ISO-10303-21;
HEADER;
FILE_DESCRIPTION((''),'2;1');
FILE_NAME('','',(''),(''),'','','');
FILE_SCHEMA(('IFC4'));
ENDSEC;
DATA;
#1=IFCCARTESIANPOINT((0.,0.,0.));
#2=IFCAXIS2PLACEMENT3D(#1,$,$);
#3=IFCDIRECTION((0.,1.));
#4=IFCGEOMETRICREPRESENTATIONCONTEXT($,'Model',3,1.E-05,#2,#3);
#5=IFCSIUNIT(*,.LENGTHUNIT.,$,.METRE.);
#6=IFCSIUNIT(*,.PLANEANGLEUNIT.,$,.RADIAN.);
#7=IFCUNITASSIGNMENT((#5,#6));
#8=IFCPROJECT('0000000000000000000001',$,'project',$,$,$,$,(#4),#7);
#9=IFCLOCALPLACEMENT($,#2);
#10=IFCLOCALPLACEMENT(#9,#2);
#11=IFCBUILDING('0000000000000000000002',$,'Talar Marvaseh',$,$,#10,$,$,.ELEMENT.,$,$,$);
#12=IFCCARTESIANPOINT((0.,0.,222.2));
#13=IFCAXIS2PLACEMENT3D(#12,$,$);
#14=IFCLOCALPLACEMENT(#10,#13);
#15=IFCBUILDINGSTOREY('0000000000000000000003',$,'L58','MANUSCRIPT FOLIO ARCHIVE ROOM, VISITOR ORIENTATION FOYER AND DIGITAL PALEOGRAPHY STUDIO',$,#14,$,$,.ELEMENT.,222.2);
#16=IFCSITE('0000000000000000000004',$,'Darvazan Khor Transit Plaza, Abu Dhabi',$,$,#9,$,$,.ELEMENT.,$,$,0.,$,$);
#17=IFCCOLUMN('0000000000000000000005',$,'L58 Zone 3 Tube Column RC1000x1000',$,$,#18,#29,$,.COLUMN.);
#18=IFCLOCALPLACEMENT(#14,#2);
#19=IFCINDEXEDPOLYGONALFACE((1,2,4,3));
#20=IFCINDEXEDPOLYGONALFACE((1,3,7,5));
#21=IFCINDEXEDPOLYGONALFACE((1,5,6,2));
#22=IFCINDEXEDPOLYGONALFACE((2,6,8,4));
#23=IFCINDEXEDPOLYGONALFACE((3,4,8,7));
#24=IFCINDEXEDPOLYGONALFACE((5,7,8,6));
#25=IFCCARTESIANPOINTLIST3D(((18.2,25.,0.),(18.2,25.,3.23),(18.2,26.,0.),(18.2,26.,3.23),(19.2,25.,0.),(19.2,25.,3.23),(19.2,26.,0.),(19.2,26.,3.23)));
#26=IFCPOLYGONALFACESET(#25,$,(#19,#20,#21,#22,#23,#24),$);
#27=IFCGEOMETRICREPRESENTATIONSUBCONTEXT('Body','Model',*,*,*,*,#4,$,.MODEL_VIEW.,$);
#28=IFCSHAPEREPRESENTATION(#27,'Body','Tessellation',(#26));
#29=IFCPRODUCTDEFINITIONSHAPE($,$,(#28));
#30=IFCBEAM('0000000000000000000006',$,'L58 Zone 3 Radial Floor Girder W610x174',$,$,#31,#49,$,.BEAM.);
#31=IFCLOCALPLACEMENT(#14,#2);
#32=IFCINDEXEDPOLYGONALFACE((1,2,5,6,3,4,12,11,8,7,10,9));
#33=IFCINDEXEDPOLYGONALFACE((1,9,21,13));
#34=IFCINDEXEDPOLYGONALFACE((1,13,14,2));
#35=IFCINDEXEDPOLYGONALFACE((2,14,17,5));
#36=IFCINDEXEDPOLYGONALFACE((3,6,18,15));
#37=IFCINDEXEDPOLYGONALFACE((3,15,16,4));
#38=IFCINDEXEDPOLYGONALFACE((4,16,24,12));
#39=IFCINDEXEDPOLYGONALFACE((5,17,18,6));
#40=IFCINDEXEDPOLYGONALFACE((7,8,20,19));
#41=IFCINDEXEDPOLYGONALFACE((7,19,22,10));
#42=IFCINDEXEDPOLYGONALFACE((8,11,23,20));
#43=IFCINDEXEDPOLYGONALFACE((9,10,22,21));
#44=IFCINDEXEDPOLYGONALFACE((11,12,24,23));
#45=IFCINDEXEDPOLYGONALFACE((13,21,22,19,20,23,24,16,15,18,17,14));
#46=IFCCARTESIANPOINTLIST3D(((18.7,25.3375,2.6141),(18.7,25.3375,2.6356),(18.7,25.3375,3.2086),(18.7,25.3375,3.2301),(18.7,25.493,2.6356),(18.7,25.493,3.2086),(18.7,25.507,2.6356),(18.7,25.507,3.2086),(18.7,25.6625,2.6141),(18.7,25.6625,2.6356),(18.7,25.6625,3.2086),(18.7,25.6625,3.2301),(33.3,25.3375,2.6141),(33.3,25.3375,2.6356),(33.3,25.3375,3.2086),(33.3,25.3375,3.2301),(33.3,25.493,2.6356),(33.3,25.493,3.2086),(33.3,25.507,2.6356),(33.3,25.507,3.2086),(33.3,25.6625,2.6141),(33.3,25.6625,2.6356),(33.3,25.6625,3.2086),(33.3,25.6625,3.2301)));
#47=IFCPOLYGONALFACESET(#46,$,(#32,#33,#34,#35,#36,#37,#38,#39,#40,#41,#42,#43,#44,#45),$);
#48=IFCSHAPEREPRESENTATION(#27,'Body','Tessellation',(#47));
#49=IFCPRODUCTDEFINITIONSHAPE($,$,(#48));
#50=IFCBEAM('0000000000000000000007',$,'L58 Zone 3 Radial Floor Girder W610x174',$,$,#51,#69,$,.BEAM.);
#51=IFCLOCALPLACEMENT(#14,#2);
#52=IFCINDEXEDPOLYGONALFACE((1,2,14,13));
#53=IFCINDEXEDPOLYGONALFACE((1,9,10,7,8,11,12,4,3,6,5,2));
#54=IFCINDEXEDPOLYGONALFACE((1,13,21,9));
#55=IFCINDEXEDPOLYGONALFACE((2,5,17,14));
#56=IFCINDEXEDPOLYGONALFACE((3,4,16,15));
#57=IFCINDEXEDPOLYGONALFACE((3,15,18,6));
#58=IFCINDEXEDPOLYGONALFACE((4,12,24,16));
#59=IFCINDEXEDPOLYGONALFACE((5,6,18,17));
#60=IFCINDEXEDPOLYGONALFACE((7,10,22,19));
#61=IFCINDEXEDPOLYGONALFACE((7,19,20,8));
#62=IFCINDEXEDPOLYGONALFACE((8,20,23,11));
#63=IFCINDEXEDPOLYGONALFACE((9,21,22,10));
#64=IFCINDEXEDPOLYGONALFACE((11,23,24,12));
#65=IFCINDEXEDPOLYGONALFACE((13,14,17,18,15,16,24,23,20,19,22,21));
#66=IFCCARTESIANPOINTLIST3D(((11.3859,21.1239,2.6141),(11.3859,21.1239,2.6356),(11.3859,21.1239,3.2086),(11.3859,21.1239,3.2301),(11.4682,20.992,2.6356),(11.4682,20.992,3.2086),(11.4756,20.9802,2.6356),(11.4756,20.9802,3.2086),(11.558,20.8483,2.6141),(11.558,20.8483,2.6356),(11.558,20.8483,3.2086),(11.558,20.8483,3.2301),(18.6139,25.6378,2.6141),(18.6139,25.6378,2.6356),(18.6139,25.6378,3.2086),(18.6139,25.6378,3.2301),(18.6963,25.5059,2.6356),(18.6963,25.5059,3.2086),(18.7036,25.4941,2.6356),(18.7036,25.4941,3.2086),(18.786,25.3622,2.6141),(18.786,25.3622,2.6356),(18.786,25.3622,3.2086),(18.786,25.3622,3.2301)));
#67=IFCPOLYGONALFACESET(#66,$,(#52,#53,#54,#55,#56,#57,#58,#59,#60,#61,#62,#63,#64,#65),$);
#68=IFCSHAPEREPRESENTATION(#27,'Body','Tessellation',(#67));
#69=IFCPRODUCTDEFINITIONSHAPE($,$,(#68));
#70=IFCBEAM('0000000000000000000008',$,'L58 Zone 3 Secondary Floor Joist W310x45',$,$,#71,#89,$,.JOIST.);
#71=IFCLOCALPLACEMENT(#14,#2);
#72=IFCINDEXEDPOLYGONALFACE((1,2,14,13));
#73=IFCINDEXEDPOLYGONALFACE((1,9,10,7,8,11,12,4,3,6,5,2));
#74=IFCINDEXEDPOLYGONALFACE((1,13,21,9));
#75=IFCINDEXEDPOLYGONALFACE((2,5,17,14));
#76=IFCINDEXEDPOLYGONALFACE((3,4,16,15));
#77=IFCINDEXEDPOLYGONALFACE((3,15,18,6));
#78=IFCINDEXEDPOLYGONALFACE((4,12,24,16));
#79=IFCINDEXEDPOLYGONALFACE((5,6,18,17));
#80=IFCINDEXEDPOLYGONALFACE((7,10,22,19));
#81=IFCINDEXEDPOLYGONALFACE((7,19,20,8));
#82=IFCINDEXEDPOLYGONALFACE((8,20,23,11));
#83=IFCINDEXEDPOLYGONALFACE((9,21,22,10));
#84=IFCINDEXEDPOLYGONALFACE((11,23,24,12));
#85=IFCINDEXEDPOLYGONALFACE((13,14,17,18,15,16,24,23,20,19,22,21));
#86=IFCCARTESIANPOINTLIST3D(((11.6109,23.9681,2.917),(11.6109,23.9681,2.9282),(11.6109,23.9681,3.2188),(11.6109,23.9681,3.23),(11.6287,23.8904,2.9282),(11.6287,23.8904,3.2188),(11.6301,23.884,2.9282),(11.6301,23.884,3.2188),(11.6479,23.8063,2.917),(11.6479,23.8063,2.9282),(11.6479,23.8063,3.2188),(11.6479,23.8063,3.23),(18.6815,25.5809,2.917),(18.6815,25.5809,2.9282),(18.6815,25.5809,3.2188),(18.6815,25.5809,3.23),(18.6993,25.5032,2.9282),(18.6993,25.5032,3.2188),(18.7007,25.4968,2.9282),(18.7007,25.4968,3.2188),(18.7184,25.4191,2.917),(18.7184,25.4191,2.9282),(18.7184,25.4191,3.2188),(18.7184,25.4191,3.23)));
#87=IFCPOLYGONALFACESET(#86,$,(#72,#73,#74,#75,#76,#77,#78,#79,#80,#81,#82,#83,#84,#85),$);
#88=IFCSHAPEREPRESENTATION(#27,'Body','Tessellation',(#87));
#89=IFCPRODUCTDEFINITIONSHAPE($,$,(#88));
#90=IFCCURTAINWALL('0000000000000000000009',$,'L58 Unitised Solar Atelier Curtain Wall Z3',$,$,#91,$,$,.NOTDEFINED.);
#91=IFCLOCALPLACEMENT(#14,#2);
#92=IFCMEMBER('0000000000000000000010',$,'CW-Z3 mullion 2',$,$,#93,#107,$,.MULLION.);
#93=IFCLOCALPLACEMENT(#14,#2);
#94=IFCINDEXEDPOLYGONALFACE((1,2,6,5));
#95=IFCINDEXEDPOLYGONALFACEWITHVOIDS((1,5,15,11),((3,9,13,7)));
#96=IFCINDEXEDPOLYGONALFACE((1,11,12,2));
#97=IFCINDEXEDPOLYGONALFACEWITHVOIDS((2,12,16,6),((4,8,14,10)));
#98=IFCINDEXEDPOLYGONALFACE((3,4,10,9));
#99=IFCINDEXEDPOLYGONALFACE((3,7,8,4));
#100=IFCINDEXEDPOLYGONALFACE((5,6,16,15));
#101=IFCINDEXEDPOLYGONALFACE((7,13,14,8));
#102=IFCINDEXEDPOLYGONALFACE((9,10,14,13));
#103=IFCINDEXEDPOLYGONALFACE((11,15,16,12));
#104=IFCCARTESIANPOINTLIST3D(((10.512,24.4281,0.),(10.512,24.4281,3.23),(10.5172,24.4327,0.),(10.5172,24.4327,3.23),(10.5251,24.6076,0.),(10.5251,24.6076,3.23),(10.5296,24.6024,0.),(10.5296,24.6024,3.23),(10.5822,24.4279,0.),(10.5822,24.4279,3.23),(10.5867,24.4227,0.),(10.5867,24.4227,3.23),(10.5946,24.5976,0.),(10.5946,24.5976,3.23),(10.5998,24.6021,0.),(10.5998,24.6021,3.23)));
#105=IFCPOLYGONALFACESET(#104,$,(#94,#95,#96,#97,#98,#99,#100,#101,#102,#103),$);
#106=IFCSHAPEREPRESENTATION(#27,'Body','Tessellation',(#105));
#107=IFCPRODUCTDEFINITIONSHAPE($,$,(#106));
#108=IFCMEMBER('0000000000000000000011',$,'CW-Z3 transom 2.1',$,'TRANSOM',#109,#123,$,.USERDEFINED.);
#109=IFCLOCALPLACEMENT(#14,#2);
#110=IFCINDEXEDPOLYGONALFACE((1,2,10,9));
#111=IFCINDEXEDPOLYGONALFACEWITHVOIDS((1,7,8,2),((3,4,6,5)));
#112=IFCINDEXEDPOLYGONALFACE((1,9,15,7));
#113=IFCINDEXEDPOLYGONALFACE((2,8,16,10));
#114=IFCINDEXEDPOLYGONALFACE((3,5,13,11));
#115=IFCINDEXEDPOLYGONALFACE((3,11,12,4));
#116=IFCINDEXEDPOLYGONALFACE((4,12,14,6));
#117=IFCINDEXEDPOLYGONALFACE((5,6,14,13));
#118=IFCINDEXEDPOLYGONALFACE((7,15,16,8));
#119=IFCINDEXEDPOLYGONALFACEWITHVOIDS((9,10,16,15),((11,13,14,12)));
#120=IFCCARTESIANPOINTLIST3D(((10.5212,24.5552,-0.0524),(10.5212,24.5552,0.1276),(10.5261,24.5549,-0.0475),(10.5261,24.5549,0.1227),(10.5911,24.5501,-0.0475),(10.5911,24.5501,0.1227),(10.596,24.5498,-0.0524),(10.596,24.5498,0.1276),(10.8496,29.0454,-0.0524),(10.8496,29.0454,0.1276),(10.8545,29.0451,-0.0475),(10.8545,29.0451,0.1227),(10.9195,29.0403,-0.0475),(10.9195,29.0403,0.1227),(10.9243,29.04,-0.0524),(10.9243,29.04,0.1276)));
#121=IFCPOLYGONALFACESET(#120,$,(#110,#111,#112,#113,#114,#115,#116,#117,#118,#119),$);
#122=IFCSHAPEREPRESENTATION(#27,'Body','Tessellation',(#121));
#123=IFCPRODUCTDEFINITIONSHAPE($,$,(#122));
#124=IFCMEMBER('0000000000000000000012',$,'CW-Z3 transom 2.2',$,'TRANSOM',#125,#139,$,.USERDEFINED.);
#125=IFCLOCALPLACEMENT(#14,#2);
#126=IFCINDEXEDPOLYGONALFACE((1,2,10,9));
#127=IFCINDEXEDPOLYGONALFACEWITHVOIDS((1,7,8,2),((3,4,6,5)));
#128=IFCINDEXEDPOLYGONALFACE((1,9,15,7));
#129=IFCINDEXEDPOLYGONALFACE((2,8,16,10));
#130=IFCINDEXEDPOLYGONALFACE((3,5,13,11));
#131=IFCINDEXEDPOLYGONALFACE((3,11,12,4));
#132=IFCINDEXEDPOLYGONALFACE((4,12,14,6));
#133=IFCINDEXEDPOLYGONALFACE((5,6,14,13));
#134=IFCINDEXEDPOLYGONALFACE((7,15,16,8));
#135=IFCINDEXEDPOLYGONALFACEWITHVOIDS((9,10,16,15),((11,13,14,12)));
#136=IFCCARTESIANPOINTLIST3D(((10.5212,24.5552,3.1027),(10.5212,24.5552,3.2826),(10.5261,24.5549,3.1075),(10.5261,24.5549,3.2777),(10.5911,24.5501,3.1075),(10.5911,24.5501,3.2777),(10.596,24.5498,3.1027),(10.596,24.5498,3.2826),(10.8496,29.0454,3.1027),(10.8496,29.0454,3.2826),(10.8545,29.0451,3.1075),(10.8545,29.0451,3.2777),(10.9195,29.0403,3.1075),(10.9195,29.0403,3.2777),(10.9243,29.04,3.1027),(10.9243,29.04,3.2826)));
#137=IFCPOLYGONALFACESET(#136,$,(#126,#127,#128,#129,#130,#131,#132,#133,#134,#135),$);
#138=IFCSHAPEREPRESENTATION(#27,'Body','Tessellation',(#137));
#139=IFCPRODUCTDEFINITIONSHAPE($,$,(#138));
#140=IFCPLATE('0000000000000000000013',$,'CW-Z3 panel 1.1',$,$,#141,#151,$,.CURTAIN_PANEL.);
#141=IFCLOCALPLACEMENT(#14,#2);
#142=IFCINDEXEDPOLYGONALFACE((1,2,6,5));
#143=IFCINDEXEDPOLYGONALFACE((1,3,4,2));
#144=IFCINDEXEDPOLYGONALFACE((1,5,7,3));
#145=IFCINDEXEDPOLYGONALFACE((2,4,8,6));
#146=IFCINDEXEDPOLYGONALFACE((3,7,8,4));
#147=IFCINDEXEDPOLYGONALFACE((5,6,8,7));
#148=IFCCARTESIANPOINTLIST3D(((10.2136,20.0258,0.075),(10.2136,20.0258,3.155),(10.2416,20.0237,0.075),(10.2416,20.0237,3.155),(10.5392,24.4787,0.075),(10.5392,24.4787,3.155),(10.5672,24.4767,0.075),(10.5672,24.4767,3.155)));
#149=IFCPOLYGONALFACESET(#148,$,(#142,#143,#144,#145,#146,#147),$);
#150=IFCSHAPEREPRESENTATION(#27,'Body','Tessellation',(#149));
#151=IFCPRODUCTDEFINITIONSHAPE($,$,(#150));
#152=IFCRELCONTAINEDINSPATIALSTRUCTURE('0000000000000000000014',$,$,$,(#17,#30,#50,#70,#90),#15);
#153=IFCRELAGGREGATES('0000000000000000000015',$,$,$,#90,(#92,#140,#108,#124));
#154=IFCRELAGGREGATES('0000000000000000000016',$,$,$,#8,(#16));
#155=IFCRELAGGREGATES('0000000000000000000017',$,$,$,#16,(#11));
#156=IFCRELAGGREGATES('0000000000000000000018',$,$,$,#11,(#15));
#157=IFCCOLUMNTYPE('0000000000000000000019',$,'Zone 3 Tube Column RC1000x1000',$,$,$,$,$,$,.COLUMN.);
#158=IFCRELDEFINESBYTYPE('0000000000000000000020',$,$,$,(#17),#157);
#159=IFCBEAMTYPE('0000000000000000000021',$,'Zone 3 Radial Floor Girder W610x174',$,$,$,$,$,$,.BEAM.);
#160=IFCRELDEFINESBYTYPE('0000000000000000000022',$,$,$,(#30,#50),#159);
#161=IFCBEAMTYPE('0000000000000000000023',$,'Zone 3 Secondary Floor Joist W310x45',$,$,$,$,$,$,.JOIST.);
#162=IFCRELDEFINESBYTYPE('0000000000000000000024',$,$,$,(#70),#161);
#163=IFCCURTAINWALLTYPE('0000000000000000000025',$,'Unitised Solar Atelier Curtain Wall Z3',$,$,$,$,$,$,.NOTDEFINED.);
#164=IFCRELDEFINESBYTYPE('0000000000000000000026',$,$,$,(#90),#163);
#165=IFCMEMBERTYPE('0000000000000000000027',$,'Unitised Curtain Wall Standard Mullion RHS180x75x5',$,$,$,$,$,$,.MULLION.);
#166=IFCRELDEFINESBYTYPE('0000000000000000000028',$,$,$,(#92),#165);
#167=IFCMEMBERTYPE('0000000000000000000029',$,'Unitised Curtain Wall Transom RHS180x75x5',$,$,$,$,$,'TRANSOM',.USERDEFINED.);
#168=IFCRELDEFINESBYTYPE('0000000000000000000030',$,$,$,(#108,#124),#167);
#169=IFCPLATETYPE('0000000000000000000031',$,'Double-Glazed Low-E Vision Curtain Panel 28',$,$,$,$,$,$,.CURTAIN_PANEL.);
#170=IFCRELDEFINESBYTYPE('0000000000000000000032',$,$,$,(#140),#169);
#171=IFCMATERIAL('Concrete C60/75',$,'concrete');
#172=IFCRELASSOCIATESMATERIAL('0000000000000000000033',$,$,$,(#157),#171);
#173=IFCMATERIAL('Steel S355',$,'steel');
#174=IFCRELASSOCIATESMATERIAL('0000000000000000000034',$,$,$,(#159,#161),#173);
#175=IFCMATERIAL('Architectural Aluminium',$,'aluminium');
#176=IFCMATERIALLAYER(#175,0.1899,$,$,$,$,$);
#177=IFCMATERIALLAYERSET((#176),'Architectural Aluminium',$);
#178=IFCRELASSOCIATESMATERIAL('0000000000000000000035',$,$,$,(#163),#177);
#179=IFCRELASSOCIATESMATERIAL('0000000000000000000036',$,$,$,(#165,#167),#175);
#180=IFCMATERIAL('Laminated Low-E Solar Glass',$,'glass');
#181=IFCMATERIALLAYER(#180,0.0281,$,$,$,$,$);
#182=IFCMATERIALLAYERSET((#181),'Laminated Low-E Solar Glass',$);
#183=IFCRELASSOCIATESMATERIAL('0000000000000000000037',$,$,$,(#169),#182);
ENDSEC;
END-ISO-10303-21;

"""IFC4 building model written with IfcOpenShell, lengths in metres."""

from ifc_helpers import new_model, si_unit, direction, frame, origin, origin_2d, place, context, subcontext, project, spatial, rectangle, hollow_rectangle, i_section, extrude, source, transform, mapped, material, layer, layer_set, material_profile, profile_set, type_object, type_shapes, element, aggregate, save


model = new_model("IFC4")

# Units and contexts
model_context = context("Model", 3, precision=1e-05, world=origin(), true_north=direction((0.0, 1.0)))
body_context = subcontext(model_context, "Body", "Model", "MODEL_VIEW")
ifc_project = project(units=[si_unit("LENGTHUNIT", "METRE"), si_unit("PLANEANGLEUNIT", "RADIAN")], contexts=[model_context])

# Site, building, storey
site_placement = place(None, origin())
site = spatial("IfcSite", under=ifc_project, at=site_placement, Name="Darvazan Khor Transit Plaza, Abu Dhabi", CompositionType="ELEMENT", RefElevation=0.0)
building_placement = place(site_placement, origin())
building = spatial("IfcBuilding", under=site, at=building_placement, Name="Talar Marvaseh", CompositionType="ELEMENT")
storey_placement = place(building_placement, frame((0.0, 0.0, 222.2)))
storey = spatial("IfcBuildingStorey", under=building, at=storey_placement, Name="L58", Description="MANUSCRIPT FOLIO ARCHIVE ROOM, VISITOR ORIENTATION FOYER AND DIGITAL PALEOGRAPHY STUDIO", CompositionType="ELEMENT", Elevation=222.2)

# Column
ifc_material_1 = material(Name="Concrete C60/75", Category="concrete")
ifc_material_profile_1 = material_profile(ifc_material_1, rectangle(XDim=1.0, YDim=1.0, at=origin_2d()), Name="RC1000x1000")
ifc_profile_set_1 = profile_set([ifc_material_profile_1], Name="Concrete C60/75")
column_type = type_object("IfcColumnType", Name="Zone 3 Tube Column RC1000x1000", PredefinedType="COLUMN", material=ifc_profile_set_1)
column_placement = place(storey_placement, frame((18.7, 25.5, 0.0), z_axis=(0.0, 0.0, 1.0), x_axis=(1.0, 0.0, 0.0)))
element("IfcColumn", 1, at=column_placement, inside=storey, type_object=column_type, Name="L58 Zone 3 Tube Column RC1000x1000", PredefinedType="COLUMN", context=body_context, shape_type="SweptSolid", body=[
    extrude(rectangle(XDim=1.0, YDim=1.0, at=origin_2d()), origin(), (0.0, 0.0, 1.0), 3.23),
])

# Beams
ifc_material_2 = material(Name="Steel S355", Category="steel")
ifc_material_profile_2 = material_profile(ifc_material_2, i_section(OverallWidth=0.325, OverallDepth=0.616, WebThickness=0.0139, FlangeThickness=0.0215, at=origin_2d()), Name="W610x174")
ifc_profile_set_2 = profile_set([ifc_material_profile_2], Name="Steel S355")
beam_type_1 = type_object("IfcBeamType", Name="Zone 3 Radial Floor Girder W610x174", PredefinedType="BEAM", material=ifc_profile_set_2)
beam_1_placement = place(storey_placement, frame((18.7, 25.5, 2.9221), z_axis=(1.0, 0.0, 0.0), x_axis=(0.0, 1.0, 0.0)))
element("IfcBeam", 2, at=beam_1_placement, inside=storey, type_object=beam_type_1, Name="L58 Zone 3 Radial Floor Girder W610x174", PredefinedType="BEAM", context=body_context, shape_type="SweptSolid", body=[
    extrude(i_section(OverallWidth=0.325, OverallDepth=0.616, WebThickness=0.0139, FlangeThickness=0.0215, at=origin_2d()), origin(), (0.0, 0.0, 1.0), 14.6001),
])
beam_2_placement = place(storey_placement, frame((11.4719, 20.9861, 2.9221), z_axis=(0.848188, 0.529695, 0.0), x_axis=(-0.529695, 0.848188, 0.0)))
element("IfcBeam", 3, at=beam_2_placement, inside=storey, type_object=beam_type_1, Name="L58 Zone 3 Radial Floor Girder W610x174", PredefinedType="BEAM", context=body_context, shape_type="SweptSolid", body=[
    extrude(i_section(OverallWidth=0.325, OverallDepth=0.616, WebThickness=0.0139, FlangeThickness=0.0215, at=origin_2d()), origin(), (0.0, 0.0, 1.0), 8.5217),
])
ifc_material_profile_3 = material_profile(ifc_material_2, i_section(OverallWidth=0.166, OverallDepth=0.313, WebThickness=0.0066, FlangeThickness=0.0112, at=origin_2d()), Name="W310x45")
ifc_profile_set_3 = profile_set([ifc_material_profile_3], Name="Steel S355")
beam_type_2 = type_object("IfcBeamType", Name="Zone 3 Secondary Floor Joist W310x45", PredefinedType="JOIST", material=ifc_profile_set_3)
beam_3_placement = place(storey_placement, frame((11.6294, 23.8872, 3.0735), z_axis=(0.974958, 0.222388, 0.0), x_axis=(-0.222388, 0.974958, 0.0)))
element("IfcBeam", 4, at=beam_3_placement, inside=storey, type_object=beam_type_2, Name="L58 Zone 3 Secondary Floor Joist W310x45", PredefinedType="JOIST", context=body_context, shape_type="SweptSolid", body=[
    extrude(i_section(OverallWidth=0.166, OverallDepth=0.313, WebThickness=0.0066, FlangeThickness=0.0112, at=origin_2d()), origin(), (0.0, 0.0, 1.0), 7.2522),
])

# Curtain wall, members, plate
ifc_material_3 = material(Name="Architectural Aluminium", Category="aluminium")
ifc_layer_1 = layer(ifc_material_3, 0.1899)
ifc_layer_set_1 = layer_set([ifc_layer_1], Name="Architectural Aluminium")
curtain_wall_type = type_object("IfcCurtainWallType", Name="Unitised Solar Atelier Curtain Wall Z3", PredefinedType="NOTDEFINED", material=ifc_layer_set_1)
curtain_wall_placement = place(storey_placement, origin())
curtain_wall = element("IfcCurtainWall", 5, at=curtain_wall_placement, inside=storey, type_object=curtain_wall_type, Name="L58 Unitised Solar Atelier Curtain Wall Z3", PredefinedType="NOTDEFINED")
ifc_material_profile_4 = material_profile(ifc_material_3, hollow_rectangle(XDim=0.075, YDim=0.1799, WallThickness=0.0049, at=origin_2d()), Name="RHS180x75x5")
ifc_profile_set_4 = profile_set([ifc_material_profile_4], Name="Architectural Aluminium")
member_type_1 = type_object("IfcMemberType", Name="Unitised Curtain Wall Standard Mullion RHS180x75x5", PredefinedType="MULLION", material=ifc_profile_set_4)
shared_shape_1 = source(origin(), body_context, "Body", "SweptSolid", [
    extrude(hollow_rectangle(XDim=0.075, YDim=0.1799, WallThickness=0.0049, at=origin_2d()), origin(), (0.0, 0.0, 1.0), 3.23),
])
type_shapes(member_type_1, [shared_shape_1])
member_1_placement = place(storey_placement, frame((10.5559, 24.5151, 0.0), z_axis=(0.0, 0.0, 1.0), x_axis=(-0.997337, 0.072926, 0.0)))
member_1 = element("IfcMember", 6, at=member_1_placement, type_object=member_type_1, Name="CW-Z3 mullion 2", PredefinedType="MULLION", context=body_context, shape_type="MappedRepresentation", body=[
    mapped(shared_shape_1, transform((0.0, 0.0, 0.0), x_axis=(1.0, 0.0, 0.0), y_axis=(0.0, 1.0, 0.0), z_axis=(0.0, 0.0, 1.0), scale=1.0)),
])
ifc_material_profile_5 = material_profile(ifc_material_3, hollow_rectangle(XDim=0.075, YDim=0.1799, WallThickness=0.0049, at=origin_2d()), Name="RHS180x75x5")
ifc_profile_set_5 = profile_set([ifc_material_profile_5], Name="Architectural Aluminium")
member_type_2 = type_object("IfcMemberType", Name="Unitised Curtain Wall Transom RHS180x75x5", ElementType="TRANSOM", PredefinedType="USERDEFINED", material=ifc_profile_set_5)
shared_shape_2 = source(origin(), body_context, "Body", "SweptSolid", [
    extrude(hollow_rectangle(XDim=0.075, YDim=0.1799, WallThickness=0.0049, at=origin_2d()), origin(), (0.0, 0.0, 1.0), 4.5022),
])
type_shapes(member_type_2, [shared_shape_2])
member_2_placement = place(storey_placement, frame((10.5586, 24.5525, 0.0376), z_axis=(0.072935, 0.997337, 0.0), x_axis=(-0.997337, 0.072935, 0.0)))
member_2 = element("IfcMember", 7, at=member_2_placement, type_object=member_type_2, Name="CW-Z3 transom 2.1", ObjectType="TRANSOM", PredefinedType="USERDEFINED", context=body_context, shape_type="MappedRepresentation", body=[
    mapped(shared_shape_2, transform((0.0, 0.0, 0.0), x_axis=(1.0, 0.0, 0.0), y_axis=(0.0, 1.0, 0.0), z_axis=(0.0, 0.0, 1.0), scale=1.0)),
])
member_3_placement = place(storey_placement, frame((10.5586, 24.5525, 3.1926), z_axis=(0.072935, 0.997337, 0.0), x_axis=(-0.997337, 0.072935, 0.0)))
member_3 = element("IfcMember", 8, at=member_3_placement, type_object=member_type_2, Name="CW-Z3 transom 2.2", ObjectType="TRANSOM", PredefinedType="USERDEFINED", context=body_context, shape_type="MappedRepresentation", body=[
    mapped(shared_shape_2, transform((0.0, 0.0, 0.0), x_axis=(1.0, 0.0, 0.0), y_axis=(0.0, 1.0, 0.0), z_axis=(0.0, 0.0, 1.0), scale=1.0)),
])
ifc_material_4 = material(Name="Laminated Low-E Solar Glass", Category="glass")
ifc_layer_2 = layer(ifc_material_4, 0.0281)
ifc_layer_set_2 = layer_set([ifc_layer_2], Name="Laminated Low-E Solar Glass")
plate_type = type_object("IfcPlateType", Name="Double-Glazed Low-E Vision Curtain Panel 28", PredefinedType="CURTAIN_PANEL", material=ifc_layer_set_2)
shared_shape_3 = source(origin(), body_context, "Body", "SweptSolid", [
    extrude(rectangle(XDim=4.4648, YDim=0.0281, at=origin_2d()), origin(), (0.0, 0.0, 1.0), 3.0801),
])
type_shapes(plate_type, [shared_shape_3])
plate_placement = place(storey_placement, frame((10.3904, 22.2512, 0.075), z_axis=(0.0, 0.0, 1.0), x_axis=(0.072926, 0.997337, 0.0)))
plate = element("IfcPlate", 9, at=plate_placement, type_object=plate_type, Name="CW-Z3 panel 1.1", PredefinedType="CURTAIN_PANEL", context=body_context, shape_type="MappedRepresentation", body=[
    mapped(shared_shape_3, transform((0.0, 0.0, 0.0), x_axis=(1.0, 0.0, 0.0), y_axis=(0.0, 1.0, 0.0), z_axis=(0.0, 0.0, 1.0), scale=1.0)),
])
aggregate(curtain_wall, [member_1, plate, member_2, member_3])

save(model, "model.ifc")
